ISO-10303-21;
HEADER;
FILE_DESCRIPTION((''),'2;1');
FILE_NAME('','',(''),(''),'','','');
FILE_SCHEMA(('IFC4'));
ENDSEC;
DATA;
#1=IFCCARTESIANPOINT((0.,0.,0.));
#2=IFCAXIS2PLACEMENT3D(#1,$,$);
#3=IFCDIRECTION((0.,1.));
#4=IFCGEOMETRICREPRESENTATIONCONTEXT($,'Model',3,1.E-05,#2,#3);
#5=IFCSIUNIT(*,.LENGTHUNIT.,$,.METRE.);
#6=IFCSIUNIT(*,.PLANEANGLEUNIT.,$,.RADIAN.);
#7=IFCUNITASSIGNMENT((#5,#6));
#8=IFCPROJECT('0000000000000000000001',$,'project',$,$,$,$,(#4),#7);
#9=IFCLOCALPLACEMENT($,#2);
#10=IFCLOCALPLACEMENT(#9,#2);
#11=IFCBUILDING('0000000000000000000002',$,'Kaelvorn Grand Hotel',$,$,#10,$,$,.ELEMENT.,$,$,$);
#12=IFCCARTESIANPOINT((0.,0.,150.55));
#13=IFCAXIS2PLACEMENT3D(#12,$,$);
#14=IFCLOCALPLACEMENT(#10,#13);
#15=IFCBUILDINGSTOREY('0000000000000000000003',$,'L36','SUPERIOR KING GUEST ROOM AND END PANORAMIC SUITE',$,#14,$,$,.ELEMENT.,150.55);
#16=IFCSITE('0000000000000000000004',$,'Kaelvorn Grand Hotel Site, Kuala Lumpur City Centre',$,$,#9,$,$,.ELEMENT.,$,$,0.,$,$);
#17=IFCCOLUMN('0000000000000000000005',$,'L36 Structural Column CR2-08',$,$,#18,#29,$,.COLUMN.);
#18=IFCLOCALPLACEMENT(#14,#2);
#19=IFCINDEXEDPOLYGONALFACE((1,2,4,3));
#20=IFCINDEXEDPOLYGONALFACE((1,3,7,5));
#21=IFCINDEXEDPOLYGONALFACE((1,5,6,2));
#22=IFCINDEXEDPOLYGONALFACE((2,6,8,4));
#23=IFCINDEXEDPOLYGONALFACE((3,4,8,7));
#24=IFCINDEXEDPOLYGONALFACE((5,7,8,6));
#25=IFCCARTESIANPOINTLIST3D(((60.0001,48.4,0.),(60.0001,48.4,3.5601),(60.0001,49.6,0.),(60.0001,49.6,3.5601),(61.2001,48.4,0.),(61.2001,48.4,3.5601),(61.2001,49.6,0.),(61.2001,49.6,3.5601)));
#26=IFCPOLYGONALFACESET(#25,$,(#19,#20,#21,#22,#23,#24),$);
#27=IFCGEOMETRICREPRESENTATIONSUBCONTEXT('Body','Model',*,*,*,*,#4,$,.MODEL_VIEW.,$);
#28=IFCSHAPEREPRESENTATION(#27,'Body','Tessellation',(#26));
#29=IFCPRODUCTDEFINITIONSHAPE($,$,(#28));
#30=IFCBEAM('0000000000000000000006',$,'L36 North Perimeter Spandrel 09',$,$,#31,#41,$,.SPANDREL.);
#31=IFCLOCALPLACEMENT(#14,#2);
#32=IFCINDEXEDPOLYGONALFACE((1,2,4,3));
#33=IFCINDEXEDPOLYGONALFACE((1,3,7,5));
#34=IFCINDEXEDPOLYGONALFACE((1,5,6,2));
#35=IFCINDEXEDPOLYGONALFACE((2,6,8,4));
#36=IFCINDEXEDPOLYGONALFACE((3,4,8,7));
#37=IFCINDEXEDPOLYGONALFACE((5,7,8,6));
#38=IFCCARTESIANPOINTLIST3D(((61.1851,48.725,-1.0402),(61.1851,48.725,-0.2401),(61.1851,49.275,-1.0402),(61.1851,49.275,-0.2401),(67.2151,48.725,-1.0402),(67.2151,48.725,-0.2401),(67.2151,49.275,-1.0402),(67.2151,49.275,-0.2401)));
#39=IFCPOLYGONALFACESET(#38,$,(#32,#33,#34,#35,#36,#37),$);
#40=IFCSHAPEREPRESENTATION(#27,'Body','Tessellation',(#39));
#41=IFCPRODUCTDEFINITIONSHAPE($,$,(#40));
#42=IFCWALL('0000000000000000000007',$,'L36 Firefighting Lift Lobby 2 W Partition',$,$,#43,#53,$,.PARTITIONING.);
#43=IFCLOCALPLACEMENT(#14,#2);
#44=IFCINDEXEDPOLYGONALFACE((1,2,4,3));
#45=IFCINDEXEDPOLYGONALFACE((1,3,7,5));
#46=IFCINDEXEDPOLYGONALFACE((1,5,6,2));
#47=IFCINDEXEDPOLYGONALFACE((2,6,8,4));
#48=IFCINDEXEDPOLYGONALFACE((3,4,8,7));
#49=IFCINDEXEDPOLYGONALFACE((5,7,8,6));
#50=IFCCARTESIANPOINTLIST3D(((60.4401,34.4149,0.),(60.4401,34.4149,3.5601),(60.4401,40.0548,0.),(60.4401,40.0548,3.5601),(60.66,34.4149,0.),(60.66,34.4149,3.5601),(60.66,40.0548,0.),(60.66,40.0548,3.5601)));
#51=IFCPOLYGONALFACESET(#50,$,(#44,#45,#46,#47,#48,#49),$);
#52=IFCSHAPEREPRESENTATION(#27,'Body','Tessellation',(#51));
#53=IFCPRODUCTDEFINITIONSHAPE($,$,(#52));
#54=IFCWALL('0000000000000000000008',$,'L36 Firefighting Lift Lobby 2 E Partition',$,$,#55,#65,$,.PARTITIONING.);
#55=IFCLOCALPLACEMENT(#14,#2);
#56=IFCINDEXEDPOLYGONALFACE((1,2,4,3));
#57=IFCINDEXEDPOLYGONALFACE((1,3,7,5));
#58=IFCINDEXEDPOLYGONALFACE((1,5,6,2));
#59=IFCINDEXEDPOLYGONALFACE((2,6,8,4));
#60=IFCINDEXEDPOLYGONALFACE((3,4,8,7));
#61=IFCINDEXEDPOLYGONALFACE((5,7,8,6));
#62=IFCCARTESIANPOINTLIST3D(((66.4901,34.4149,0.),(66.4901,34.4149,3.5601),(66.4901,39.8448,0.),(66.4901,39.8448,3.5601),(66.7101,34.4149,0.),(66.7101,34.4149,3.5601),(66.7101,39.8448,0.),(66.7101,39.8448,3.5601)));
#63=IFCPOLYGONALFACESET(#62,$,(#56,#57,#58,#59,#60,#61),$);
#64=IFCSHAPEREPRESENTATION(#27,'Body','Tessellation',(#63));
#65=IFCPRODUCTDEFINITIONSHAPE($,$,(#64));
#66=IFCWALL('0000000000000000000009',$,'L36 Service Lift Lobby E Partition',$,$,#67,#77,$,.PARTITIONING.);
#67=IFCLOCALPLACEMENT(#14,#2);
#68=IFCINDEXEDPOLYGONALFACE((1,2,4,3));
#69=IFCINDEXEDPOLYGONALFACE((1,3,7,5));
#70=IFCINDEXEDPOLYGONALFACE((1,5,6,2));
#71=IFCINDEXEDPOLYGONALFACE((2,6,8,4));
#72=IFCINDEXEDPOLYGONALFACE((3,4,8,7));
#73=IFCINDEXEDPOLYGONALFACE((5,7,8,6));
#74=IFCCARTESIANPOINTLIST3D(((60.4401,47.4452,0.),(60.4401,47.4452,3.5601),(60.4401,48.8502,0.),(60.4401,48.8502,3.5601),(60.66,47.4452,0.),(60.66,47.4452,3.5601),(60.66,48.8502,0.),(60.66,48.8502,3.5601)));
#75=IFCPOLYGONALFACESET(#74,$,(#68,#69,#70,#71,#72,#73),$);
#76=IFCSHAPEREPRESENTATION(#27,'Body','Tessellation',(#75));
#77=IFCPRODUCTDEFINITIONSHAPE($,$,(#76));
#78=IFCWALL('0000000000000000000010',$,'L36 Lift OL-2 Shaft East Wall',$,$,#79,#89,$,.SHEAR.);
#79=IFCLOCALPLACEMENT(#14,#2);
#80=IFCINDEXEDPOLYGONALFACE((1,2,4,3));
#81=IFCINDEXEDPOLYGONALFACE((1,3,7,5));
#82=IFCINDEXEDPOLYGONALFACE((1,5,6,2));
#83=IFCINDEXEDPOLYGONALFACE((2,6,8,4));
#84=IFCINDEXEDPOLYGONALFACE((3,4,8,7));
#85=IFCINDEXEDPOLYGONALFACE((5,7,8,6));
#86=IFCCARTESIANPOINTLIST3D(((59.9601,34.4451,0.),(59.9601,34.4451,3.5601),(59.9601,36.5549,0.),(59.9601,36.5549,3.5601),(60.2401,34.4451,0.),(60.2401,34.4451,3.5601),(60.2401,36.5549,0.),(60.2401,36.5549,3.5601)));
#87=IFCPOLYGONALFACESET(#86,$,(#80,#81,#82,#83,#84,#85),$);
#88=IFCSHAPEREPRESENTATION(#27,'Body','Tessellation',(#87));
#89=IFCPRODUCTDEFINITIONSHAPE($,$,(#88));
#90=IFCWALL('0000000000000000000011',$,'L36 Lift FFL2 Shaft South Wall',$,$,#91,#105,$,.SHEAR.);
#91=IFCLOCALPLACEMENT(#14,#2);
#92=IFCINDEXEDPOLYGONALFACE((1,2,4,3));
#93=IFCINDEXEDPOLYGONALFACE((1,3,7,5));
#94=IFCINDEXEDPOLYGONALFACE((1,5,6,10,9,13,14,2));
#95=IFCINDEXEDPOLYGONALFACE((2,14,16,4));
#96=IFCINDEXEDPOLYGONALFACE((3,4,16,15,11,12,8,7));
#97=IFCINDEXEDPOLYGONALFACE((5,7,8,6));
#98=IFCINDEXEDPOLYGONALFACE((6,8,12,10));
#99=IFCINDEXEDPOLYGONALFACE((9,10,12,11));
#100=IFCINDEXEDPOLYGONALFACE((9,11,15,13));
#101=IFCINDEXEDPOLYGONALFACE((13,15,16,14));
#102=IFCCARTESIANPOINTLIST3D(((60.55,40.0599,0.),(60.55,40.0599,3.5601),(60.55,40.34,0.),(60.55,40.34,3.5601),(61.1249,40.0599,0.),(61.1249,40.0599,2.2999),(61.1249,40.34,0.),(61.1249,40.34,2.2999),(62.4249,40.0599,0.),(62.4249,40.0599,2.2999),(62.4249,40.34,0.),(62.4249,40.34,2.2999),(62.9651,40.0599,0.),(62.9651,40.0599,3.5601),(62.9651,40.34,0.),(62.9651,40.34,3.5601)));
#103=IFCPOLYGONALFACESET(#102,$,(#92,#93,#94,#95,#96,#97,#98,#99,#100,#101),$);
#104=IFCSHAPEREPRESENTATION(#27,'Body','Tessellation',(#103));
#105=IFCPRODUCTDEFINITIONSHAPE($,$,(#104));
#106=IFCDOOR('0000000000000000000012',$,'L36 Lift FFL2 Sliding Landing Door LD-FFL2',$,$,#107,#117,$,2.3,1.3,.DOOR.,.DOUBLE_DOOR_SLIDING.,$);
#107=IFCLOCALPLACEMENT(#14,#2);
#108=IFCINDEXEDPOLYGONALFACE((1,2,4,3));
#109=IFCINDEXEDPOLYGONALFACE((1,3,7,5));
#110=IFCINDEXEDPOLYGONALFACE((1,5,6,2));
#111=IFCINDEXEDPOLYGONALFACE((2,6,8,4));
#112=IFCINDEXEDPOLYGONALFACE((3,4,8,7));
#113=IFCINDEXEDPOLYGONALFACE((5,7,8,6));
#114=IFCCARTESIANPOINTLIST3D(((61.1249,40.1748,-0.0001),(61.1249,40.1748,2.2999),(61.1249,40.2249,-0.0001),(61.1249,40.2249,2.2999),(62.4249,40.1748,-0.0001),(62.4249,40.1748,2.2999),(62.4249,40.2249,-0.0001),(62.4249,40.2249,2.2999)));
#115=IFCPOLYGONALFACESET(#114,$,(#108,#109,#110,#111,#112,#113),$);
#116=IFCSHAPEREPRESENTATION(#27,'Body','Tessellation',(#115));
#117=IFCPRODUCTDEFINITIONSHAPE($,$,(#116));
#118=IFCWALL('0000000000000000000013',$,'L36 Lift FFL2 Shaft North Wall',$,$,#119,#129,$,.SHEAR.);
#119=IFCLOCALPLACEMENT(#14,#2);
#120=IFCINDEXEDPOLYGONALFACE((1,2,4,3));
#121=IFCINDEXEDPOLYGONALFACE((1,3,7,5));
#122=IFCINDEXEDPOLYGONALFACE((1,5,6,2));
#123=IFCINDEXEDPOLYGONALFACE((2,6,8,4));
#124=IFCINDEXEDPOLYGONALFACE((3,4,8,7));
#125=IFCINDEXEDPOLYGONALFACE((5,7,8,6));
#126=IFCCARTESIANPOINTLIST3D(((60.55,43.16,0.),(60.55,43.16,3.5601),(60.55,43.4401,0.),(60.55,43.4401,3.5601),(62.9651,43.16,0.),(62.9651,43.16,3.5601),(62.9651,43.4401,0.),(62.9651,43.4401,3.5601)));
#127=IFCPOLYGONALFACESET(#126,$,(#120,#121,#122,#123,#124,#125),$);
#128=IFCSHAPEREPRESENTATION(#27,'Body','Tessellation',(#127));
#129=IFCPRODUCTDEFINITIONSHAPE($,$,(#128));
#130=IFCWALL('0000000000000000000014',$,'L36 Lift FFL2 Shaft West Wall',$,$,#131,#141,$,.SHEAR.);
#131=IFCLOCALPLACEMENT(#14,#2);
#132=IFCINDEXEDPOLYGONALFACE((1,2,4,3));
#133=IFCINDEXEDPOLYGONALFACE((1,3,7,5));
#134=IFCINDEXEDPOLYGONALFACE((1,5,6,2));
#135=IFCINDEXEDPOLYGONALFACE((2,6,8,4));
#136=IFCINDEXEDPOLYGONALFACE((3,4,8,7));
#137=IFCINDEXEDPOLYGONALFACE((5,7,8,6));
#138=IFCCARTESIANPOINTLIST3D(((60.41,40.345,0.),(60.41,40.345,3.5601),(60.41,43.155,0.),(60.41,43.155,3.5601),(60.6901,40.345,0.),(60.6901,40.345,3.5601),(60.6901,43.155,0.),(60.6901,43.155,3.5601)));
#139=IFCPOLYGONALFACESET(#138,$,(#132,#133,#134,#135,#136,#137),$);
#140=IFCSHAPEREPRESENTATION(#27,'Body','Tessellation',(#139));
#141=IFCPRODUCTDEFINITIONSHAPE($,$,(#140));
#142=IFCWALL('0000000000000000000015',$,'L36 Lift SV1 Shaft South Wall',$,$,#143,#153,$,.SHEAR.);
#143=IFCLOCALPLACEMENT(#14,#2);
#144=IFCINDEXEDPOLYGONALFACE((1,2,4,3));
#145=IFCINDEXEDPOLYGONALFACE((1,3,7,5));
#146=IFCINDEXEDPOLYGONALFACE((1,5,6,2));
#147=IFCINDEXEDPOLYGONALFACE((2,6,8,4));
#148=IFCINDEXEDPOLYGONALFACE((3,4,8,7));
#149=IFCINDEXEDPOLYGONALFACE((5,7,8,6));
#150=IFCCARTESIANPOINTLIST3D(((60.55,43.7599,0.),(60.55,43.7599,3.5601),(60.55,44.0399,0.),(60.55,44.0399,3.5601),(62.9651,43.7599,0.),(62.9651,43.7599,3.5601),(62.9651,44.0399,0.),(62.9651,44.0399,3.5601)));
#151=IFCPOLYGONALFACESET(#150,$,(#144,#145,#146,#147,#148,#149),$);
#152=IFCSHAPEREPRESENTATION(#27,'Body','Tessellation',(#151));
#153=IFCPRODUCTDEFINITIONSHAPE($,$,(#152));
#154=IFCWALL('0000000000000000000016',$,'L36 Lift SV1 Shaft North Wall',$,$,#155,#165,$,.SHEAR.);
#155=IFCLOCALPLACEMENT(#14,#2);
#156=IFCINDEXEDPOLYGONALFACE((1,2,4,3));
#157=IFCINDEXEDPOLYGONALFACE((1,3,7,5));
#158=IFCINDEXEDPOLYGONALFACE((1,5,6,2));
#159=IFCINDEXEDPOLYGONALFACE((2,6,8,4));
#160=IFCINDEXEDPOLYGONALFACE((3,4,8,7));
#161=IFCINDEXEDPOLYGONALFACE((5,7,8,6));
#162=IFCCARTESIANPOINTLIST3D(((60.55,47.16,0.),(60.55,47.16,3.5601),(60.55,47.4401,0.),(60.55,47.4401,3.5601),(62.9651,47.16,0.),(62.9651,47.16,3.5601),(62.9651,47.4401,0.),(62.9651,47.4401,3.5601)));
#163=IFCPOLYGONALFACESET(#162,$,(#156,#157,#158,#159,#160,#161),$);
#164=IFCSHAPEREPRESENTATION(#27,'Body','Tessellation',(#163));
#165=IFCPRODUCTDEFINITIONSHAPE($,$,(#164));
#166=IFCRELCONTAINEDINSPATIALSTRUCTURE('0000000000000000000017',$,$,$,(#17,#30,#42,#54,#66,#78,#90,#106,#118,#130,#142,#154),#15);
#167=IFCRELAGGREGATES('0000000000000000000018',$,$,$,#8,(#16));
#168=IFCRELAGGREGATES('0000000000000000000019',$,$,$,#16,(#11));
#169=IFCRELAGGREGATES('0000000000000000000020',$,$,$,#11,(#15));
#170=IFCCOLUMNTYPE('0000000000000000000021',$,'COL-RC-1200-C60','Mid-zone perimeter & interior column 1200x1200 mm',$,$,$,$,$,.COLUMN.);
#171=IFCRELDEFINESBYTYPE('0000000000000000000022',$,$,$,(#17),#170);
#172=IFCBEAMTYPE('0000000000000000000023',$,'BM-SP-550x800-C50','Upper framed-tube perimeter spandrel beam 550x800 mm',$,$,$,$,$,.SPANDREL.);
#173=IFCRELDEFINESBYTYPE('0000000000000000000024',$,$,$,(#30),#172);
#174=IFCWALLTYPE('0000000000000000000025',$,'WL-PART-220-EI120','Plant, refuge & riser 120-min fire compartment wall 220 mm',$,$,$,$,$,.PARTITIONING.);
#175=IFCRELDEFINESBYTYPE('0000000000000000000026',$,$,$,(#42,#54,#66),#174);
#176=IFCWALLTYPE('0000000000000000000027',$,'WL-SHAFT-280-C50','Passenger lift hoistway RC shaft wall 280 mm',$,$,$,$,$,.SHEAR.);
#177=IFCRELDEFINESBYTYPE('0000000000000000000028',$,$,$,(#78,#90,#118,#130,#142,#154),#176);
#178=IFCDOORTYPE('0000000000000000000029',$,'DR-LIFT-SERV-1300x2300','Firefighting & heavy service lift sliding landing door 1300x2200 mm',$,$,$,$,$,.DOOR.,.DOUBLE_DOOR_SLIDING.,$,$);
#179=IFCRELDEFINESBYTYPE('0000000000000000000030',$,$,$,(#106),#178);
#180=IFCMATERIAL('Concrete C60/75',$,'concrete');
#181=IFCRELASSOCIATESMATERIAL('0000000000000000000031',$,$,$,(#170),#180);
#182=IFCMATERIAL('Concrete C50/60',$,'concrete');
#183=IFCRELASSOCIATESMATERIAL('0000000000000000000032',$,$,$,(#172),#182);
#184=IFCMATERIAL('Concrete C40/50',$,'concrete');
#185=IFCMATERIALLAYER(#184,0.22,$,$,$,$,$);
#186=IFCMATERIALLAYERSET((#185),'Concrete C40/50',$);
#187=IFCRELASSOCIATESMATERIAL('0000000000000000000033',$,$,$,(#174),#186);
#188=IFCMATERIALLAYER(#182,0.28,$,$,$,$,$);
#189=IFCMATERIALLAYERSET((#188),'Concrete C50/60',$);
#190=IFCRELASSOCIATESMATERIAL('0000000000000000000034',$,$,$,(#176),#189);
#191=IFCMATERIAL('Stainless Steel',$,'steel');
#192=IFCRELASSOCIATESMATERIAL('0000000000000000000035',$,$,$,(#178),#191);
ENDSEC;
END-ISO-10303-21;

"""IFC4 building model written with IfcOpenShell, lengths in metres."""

from ifc_helpers import new_model, si_unit, direction, frame, frame_2d, origin, origin_2d, place, context, subcontext, project, spatial, rectangle, extrude, material, layer, layer_set, material_profile, profile_set, type_object, element, fill, save


model = new_model("IFC4")

# Units and contexts
model_context = context("Model", 3, precision=1e-05, world=origin(), true_north=direction((0.0, 1.0)))
body_context = subcontext(model_context, "Body", "Model", "MODEL_VIEW")
ifc_project = project(units=[si_unit("LENGTHUNIT", "METRE"), si_unit("PLANEANGLEUNIT", "RADIAN")], contexts=[model_context])

# Site, building, storey
site_placement = place(None, origin())
site = spatial("IfcSite", under=ifc_project, at=site_placement, Name="Kaelvorn Grand Hotel Site, Kuala Lumpur City Centre", CompositionType="ELEMENT", RefElevation=0.0)
building_placement = place(site_placement, origin())
building = spatial("IfcBuilding", under=site, at=building_placement, Name="Kaelvorn Grand Hotel", CompositionType="ELEMENT")
storey_placement = place(building_placement, frame((0.0, 0.0, 150.55)))
storey = spatial("IfcBuildingStorey", under=building, at=storey_placement, Name="L36", Description="SUPERIOR KING GUEST ROOM AND END PANORAMIC SUITE", CompositionType="ELEMENT", Elevation=150.55)

# Column
ifc_material_1 = material(Name="Concrete C60/75", Category="concrete")
ifc_material_profile_1 = material_profile(ifc_material_1, rectangle(XDim=1.2, YDim=1.2, at=origin_2d()), Name="RC COL 1200x1200")
ifc_profile_set_1 = profile_set([ifc_material_profile_1], Name="Concrete C60/75")
column_type = type_object("IfcColumnType", Name="COL-RC-1200-C60", Description="Mid-zone perimeter & interior column 1200x1200 mm", PredefinedType="COLUMN", material=ifc_profile_set_1)
column_placement = place(storey_placement, frame((60.6001, 49.0, 0.0), z_axis=(0.0, 0.0, 1.0), x_axis=(1.0, 0.0, 0.0)))
element("IfcColumn", 1, at=column_placement, inside=storey, type_object=column_type, Name="L36 Structural Column CR2-08", PredefinedType="COLUMN", context=body_context, shape_type="SweptSolid", body=[
    extrude(rectangle(XDim=1.2, YDim=1.2, at=origin_2d()), origin(), (0.0, 0.0, 1.0), 3.5601),
])

# Beam
ifc_material_2 = material(Name="Concrete C50/60", Category="concrete")
ifc_material_profile_2 = material_profile(ifc_material_2, rectangle(XDim=0.55, YDim=0.8, at=origin_2d()), Name="RC SPANDREL 550x800")
ifc_profile_set_2 = profile_set([ifc_material_profile_2], Name="Concrete C50/60")
beam_type = type_object("IfcBeamType", Name="BM-SP-550x800-C50", Description="Upper framed-tube perimeter spandrel beam 550x800 mm", PredefinedType="SPANDREL", material=ifc_profile_set_2)
beam_placement = place(storey_placement, frame((61.1851, 49.0, -0.6401), z_axis=(1.0, 0.0, 0.0), x_axis=(0.0, 1.0, 0.0)))
element("IfcBeam", 2, at=beam_placement, inside=storey, type_object=beam_type, Name="L36 North Perimeter Spandrel 09", PredefinedType="SPANDREL", context=body_context, shape_type="SweptSolid", body=[
    extrude(rectangle(XDim=0.55, YDim=0.8, at=origin_2d()), origin(), (0.0, 0.0, 1.0), 6.03),
])

# Shared definitions
ifc_material_3 = material(Name="Concrete C40/50", Category="concrete")
ifc_layer_1 = layer(ifc_material_3, 0.22)
ifc_layer_set_1 = layer_set([ifc_layer_1], Name="Concrete C40/50")
wall_type_1 = type_object("IfcWallType", Name="WL-PART-220-EI120", Description="Plant, refuge & riser 120-min fire compartment wall 220 mm", PredefinedType="PARTITIONING", material=ifc_layer_set_1)

# Walls
wall_1_placement = place(storey_placement, frame((60.55, 34.415, 0.0), z_axis=(0.0, 0.0, 1.0), x_axis=(0.0, 1.0, 0.0)))
element("IfcWall", 3, at=wall_1_placement, inside=storey, type_object=wall_type_1, Name="L36 Firefighting Lift Lobby 2 W Partition", PredefinedType="PARTITIONING", context=body_context, shape_type="SweptSolid", body=[
    extrude(rectangle(XDim=5.6399, YDim=0.22, at=frame_2d((2.8198, 0.0))), origin(), (0.0, 0.0, 1.0), 3.5601),
])
wall_2_placement = place(storey_placement, frame((66.6001, 34.415, 0.0), z_axis=(0.0, 0.0, 1.0), x_axis=(0.0, 1.0, 0.0)))
element("IfcWall", 4, at=wall_2_placement, inside=storey, type_object=wall_type_1, Name="L36 Firefighting Lift Lobby 2 E Partition", PredefinedType="PARTITIONING", context=body_context, shape_type="SweptSolid", body=[
    extrude(rectangle(XDim=5.4299, YDim=0.22, at=frame_2d((2.7148, 0.0))), origin(), (0.0, 0.0, 1.0), 3.5601),
])
wall_3_placement = place(storey_placement, frame((60.55, 47.4451, 0.0), z_axis=(0.0, 0.0, 1.0), x_axis=(0.0, 1.0, 0.0)))
element("IfcWall", 5, at=wall_3_placement, inside=storey, type_object=wall_type_1, Name="L36 Service Lift Lobby E Partition", PredefinedType="PARTITIONING", context=body_context, shape_type="SweptSolid", body=[
    extrude(rectangle(XDim=1.405, YDim=0.22, at=frame_2d((0.7026, 0.0))), origin(), (0.0, 0.0, 1.0), 3.5601),
])
ifc_layer_2 = layer(ifc_material_2, 0.28)
ifc_layer_set_2 = layer_set([ifc_layer_2], Name="Concrete C50/60")
wall_type_2 = type_object("IfcWallType", Name="WL-SHAFT-280-C50", Description="Passenger lift hoistway RC shaft wall 280 mm", PredefinedType="SHEAR", material=ifc_layer_set_2)
wall_4_placement = place(storey_placement, frame((60.1001, 34.4451, 0.0), z_axis=(0.0, 0.0, 1.0), x_axis=(0.0, 1.0, 0.0)))
element("IfcWall", 6, at=wall_4_placement, inside=storey, type_object=wall_type_2, Name="L36 Lift OL-2 Shaft East Wall", PredefinedType="SHEAR", context=body_context, shape_type="SweptSolid", body=[
    extrude(rectangle(XDim=2.1099, YDim=0.28, at=frame_2d((1.0549, 0.0))), origin(), (0.0, 0.0, 1.0), 3.5601),
])

# Wall, opening, door
wall_5_placement = place(storey_placement, frame((60.55, 40.2, 0.0), z_axis=(0.0, 0.0, 1.0), x_axis=(1.0, 0.0, 0.0)))
wall_5 = element("IfcWall", 7, at=wall_5_placement, inside=storey, type_object=wall_type_2, Name="L36 Lift FFL2 Shaft South Wall", PredefinedType="SHEAR", context=body_context, shape_type="SweptSolid", body=[
    extrude(rectangle(XDim=2.415, YDim=0.28, at=frame_2d((1.2075, 0.0))), origin(), (0.0, 0.0, 1.0), 3.5601),
])
opening_1_placement = place(wall_5_placement, frame((0.575, 0.0, 0.0)))
opening_1 = element("IfcOpeningElement", 8, at=opening_1_placement, cuts=wall_5, PredefinedType="OPENING", context=body_context, shape_type="SweptSolid", body=[
    extrude(rectangle(XDim=1.3, YDim=2.3, at=frame_2d((0.6499, 1.1499))), frame((0.0, 0.1499, 0.0), z_axis=(0.0, -1.0, 0.0), x_axis=(1.0, 0.0, 0.0)), (0.0, 0.0, 1.0), 0.3),
])
ifc_material_4 = material(Name="Stainless Steel", Category="steel")
door_type_1 = type_object("IfcDoorType", Name="DR-LIFT-SERV-1300x2300", Description="Firefighting & heavy service lift sliding landing door 1300x2200 mm", OperationType="DOUBLE_DOOR_SLIDING", PredefinedType="DOOR", material=ifc_material_4)
door_1_placement = place(opening_1_placement, origin())
door_1 = element("IfcDoor", 9, at=door_1_placement, inside=storey, type_object=door_type_1, Name="L36 Lift FFL2 Sliding Landing Door LD-FFL2", OperationType="DOUBLE_DOOR_SLIDING", OverallHeight=2.3, OverallWidth=1.3, PredefinedType="DOOR", context=body_context, shape_type="SweptSolid", body=[
    extrude(rectangle(XDim=1.3, YDim=2.3, at=frame_2d((0.6499, 1.1499))), frame((0.0, 0.0249, 0.0), z_axis=(0.0, -1.0, 0.0), x_axis=(1.0, 0.0, 0.0)), (0.0, 0.0, 1.0), 0.05),
])
fill(opening_1, door_1)

# Walls
wall_6_placement = place(storey_placement, frame((60.55, 43.3, 0.0), z_axis=(0.0, 0.0, 1.0), x_axis=(1.0, 0.0, 0.0)))
element("IfcWall", 10, at=wall_6_placement, inside=storey, type_object=wall_type_2, Name="L36 Lift FFL2 Shaft North Wall", PredefinedType="SHEAR", context=body_context, shape_type="SweptSolid", body=[
    extrude(rectangle(XDim=2.415, YDim=0.28, at=frame_2d((1.2075, 0.0))), origin(), (0.0, 0.0, 1.0), 3.5601),
])
wall_7_placement = place(storey_placement, frame((60.55, 40.345, 0.0), z_axis=(0.0, 0.0, 1.0), x_axis=(0.0, 1.0, 0.0)))
element("IfcWall", 11, at=wall_7_placement, inside=storey, type_object=wall_type_2, Name="L36 Lift FFL2 Shaft West Wall", PredefinedType="SHEAR", context=body_context, shape_type="SweptSolid", body=[
    extrude(rectangle(XDim=2.8101, YDim=0.28, at=frame_2d((1.405, 0.0))), origin(), (0.0, 0.0, 1.0), 3.5601),
])
for number, where, z_axis, x_axis, name in (
    (12, (60.55, 43.8999, 0.0), (0.0, 0.0, 1.0), (1.0, 0.0, 0.0), "L36 Lift SV1 Shaft South Wall"),
    (13, (60.55, 47.3, 0.0), (0.0, 0.0, 1.0), (1.0, 0.0, 0.0), "L36 Lift SV1 Shaft North Wall"),
):
    element("IfcWall", number, at=place(storey_placement, frame(where, z_axis=z_axis, x_axis=x_axis)), inside=storey, type_object=wall_type_2, Name=name, PredefinedType="SHEAR", context=body_context, shape_type="SweptSolid", body=[
        extrude(rectangle(XDim=2.415, YDim=0.28, at=frame_2d((1.2075, 0.0))), origin(), (0.0, 0.0, 1.0), 3.5601),
    ])

save(model, "model.ifc")
